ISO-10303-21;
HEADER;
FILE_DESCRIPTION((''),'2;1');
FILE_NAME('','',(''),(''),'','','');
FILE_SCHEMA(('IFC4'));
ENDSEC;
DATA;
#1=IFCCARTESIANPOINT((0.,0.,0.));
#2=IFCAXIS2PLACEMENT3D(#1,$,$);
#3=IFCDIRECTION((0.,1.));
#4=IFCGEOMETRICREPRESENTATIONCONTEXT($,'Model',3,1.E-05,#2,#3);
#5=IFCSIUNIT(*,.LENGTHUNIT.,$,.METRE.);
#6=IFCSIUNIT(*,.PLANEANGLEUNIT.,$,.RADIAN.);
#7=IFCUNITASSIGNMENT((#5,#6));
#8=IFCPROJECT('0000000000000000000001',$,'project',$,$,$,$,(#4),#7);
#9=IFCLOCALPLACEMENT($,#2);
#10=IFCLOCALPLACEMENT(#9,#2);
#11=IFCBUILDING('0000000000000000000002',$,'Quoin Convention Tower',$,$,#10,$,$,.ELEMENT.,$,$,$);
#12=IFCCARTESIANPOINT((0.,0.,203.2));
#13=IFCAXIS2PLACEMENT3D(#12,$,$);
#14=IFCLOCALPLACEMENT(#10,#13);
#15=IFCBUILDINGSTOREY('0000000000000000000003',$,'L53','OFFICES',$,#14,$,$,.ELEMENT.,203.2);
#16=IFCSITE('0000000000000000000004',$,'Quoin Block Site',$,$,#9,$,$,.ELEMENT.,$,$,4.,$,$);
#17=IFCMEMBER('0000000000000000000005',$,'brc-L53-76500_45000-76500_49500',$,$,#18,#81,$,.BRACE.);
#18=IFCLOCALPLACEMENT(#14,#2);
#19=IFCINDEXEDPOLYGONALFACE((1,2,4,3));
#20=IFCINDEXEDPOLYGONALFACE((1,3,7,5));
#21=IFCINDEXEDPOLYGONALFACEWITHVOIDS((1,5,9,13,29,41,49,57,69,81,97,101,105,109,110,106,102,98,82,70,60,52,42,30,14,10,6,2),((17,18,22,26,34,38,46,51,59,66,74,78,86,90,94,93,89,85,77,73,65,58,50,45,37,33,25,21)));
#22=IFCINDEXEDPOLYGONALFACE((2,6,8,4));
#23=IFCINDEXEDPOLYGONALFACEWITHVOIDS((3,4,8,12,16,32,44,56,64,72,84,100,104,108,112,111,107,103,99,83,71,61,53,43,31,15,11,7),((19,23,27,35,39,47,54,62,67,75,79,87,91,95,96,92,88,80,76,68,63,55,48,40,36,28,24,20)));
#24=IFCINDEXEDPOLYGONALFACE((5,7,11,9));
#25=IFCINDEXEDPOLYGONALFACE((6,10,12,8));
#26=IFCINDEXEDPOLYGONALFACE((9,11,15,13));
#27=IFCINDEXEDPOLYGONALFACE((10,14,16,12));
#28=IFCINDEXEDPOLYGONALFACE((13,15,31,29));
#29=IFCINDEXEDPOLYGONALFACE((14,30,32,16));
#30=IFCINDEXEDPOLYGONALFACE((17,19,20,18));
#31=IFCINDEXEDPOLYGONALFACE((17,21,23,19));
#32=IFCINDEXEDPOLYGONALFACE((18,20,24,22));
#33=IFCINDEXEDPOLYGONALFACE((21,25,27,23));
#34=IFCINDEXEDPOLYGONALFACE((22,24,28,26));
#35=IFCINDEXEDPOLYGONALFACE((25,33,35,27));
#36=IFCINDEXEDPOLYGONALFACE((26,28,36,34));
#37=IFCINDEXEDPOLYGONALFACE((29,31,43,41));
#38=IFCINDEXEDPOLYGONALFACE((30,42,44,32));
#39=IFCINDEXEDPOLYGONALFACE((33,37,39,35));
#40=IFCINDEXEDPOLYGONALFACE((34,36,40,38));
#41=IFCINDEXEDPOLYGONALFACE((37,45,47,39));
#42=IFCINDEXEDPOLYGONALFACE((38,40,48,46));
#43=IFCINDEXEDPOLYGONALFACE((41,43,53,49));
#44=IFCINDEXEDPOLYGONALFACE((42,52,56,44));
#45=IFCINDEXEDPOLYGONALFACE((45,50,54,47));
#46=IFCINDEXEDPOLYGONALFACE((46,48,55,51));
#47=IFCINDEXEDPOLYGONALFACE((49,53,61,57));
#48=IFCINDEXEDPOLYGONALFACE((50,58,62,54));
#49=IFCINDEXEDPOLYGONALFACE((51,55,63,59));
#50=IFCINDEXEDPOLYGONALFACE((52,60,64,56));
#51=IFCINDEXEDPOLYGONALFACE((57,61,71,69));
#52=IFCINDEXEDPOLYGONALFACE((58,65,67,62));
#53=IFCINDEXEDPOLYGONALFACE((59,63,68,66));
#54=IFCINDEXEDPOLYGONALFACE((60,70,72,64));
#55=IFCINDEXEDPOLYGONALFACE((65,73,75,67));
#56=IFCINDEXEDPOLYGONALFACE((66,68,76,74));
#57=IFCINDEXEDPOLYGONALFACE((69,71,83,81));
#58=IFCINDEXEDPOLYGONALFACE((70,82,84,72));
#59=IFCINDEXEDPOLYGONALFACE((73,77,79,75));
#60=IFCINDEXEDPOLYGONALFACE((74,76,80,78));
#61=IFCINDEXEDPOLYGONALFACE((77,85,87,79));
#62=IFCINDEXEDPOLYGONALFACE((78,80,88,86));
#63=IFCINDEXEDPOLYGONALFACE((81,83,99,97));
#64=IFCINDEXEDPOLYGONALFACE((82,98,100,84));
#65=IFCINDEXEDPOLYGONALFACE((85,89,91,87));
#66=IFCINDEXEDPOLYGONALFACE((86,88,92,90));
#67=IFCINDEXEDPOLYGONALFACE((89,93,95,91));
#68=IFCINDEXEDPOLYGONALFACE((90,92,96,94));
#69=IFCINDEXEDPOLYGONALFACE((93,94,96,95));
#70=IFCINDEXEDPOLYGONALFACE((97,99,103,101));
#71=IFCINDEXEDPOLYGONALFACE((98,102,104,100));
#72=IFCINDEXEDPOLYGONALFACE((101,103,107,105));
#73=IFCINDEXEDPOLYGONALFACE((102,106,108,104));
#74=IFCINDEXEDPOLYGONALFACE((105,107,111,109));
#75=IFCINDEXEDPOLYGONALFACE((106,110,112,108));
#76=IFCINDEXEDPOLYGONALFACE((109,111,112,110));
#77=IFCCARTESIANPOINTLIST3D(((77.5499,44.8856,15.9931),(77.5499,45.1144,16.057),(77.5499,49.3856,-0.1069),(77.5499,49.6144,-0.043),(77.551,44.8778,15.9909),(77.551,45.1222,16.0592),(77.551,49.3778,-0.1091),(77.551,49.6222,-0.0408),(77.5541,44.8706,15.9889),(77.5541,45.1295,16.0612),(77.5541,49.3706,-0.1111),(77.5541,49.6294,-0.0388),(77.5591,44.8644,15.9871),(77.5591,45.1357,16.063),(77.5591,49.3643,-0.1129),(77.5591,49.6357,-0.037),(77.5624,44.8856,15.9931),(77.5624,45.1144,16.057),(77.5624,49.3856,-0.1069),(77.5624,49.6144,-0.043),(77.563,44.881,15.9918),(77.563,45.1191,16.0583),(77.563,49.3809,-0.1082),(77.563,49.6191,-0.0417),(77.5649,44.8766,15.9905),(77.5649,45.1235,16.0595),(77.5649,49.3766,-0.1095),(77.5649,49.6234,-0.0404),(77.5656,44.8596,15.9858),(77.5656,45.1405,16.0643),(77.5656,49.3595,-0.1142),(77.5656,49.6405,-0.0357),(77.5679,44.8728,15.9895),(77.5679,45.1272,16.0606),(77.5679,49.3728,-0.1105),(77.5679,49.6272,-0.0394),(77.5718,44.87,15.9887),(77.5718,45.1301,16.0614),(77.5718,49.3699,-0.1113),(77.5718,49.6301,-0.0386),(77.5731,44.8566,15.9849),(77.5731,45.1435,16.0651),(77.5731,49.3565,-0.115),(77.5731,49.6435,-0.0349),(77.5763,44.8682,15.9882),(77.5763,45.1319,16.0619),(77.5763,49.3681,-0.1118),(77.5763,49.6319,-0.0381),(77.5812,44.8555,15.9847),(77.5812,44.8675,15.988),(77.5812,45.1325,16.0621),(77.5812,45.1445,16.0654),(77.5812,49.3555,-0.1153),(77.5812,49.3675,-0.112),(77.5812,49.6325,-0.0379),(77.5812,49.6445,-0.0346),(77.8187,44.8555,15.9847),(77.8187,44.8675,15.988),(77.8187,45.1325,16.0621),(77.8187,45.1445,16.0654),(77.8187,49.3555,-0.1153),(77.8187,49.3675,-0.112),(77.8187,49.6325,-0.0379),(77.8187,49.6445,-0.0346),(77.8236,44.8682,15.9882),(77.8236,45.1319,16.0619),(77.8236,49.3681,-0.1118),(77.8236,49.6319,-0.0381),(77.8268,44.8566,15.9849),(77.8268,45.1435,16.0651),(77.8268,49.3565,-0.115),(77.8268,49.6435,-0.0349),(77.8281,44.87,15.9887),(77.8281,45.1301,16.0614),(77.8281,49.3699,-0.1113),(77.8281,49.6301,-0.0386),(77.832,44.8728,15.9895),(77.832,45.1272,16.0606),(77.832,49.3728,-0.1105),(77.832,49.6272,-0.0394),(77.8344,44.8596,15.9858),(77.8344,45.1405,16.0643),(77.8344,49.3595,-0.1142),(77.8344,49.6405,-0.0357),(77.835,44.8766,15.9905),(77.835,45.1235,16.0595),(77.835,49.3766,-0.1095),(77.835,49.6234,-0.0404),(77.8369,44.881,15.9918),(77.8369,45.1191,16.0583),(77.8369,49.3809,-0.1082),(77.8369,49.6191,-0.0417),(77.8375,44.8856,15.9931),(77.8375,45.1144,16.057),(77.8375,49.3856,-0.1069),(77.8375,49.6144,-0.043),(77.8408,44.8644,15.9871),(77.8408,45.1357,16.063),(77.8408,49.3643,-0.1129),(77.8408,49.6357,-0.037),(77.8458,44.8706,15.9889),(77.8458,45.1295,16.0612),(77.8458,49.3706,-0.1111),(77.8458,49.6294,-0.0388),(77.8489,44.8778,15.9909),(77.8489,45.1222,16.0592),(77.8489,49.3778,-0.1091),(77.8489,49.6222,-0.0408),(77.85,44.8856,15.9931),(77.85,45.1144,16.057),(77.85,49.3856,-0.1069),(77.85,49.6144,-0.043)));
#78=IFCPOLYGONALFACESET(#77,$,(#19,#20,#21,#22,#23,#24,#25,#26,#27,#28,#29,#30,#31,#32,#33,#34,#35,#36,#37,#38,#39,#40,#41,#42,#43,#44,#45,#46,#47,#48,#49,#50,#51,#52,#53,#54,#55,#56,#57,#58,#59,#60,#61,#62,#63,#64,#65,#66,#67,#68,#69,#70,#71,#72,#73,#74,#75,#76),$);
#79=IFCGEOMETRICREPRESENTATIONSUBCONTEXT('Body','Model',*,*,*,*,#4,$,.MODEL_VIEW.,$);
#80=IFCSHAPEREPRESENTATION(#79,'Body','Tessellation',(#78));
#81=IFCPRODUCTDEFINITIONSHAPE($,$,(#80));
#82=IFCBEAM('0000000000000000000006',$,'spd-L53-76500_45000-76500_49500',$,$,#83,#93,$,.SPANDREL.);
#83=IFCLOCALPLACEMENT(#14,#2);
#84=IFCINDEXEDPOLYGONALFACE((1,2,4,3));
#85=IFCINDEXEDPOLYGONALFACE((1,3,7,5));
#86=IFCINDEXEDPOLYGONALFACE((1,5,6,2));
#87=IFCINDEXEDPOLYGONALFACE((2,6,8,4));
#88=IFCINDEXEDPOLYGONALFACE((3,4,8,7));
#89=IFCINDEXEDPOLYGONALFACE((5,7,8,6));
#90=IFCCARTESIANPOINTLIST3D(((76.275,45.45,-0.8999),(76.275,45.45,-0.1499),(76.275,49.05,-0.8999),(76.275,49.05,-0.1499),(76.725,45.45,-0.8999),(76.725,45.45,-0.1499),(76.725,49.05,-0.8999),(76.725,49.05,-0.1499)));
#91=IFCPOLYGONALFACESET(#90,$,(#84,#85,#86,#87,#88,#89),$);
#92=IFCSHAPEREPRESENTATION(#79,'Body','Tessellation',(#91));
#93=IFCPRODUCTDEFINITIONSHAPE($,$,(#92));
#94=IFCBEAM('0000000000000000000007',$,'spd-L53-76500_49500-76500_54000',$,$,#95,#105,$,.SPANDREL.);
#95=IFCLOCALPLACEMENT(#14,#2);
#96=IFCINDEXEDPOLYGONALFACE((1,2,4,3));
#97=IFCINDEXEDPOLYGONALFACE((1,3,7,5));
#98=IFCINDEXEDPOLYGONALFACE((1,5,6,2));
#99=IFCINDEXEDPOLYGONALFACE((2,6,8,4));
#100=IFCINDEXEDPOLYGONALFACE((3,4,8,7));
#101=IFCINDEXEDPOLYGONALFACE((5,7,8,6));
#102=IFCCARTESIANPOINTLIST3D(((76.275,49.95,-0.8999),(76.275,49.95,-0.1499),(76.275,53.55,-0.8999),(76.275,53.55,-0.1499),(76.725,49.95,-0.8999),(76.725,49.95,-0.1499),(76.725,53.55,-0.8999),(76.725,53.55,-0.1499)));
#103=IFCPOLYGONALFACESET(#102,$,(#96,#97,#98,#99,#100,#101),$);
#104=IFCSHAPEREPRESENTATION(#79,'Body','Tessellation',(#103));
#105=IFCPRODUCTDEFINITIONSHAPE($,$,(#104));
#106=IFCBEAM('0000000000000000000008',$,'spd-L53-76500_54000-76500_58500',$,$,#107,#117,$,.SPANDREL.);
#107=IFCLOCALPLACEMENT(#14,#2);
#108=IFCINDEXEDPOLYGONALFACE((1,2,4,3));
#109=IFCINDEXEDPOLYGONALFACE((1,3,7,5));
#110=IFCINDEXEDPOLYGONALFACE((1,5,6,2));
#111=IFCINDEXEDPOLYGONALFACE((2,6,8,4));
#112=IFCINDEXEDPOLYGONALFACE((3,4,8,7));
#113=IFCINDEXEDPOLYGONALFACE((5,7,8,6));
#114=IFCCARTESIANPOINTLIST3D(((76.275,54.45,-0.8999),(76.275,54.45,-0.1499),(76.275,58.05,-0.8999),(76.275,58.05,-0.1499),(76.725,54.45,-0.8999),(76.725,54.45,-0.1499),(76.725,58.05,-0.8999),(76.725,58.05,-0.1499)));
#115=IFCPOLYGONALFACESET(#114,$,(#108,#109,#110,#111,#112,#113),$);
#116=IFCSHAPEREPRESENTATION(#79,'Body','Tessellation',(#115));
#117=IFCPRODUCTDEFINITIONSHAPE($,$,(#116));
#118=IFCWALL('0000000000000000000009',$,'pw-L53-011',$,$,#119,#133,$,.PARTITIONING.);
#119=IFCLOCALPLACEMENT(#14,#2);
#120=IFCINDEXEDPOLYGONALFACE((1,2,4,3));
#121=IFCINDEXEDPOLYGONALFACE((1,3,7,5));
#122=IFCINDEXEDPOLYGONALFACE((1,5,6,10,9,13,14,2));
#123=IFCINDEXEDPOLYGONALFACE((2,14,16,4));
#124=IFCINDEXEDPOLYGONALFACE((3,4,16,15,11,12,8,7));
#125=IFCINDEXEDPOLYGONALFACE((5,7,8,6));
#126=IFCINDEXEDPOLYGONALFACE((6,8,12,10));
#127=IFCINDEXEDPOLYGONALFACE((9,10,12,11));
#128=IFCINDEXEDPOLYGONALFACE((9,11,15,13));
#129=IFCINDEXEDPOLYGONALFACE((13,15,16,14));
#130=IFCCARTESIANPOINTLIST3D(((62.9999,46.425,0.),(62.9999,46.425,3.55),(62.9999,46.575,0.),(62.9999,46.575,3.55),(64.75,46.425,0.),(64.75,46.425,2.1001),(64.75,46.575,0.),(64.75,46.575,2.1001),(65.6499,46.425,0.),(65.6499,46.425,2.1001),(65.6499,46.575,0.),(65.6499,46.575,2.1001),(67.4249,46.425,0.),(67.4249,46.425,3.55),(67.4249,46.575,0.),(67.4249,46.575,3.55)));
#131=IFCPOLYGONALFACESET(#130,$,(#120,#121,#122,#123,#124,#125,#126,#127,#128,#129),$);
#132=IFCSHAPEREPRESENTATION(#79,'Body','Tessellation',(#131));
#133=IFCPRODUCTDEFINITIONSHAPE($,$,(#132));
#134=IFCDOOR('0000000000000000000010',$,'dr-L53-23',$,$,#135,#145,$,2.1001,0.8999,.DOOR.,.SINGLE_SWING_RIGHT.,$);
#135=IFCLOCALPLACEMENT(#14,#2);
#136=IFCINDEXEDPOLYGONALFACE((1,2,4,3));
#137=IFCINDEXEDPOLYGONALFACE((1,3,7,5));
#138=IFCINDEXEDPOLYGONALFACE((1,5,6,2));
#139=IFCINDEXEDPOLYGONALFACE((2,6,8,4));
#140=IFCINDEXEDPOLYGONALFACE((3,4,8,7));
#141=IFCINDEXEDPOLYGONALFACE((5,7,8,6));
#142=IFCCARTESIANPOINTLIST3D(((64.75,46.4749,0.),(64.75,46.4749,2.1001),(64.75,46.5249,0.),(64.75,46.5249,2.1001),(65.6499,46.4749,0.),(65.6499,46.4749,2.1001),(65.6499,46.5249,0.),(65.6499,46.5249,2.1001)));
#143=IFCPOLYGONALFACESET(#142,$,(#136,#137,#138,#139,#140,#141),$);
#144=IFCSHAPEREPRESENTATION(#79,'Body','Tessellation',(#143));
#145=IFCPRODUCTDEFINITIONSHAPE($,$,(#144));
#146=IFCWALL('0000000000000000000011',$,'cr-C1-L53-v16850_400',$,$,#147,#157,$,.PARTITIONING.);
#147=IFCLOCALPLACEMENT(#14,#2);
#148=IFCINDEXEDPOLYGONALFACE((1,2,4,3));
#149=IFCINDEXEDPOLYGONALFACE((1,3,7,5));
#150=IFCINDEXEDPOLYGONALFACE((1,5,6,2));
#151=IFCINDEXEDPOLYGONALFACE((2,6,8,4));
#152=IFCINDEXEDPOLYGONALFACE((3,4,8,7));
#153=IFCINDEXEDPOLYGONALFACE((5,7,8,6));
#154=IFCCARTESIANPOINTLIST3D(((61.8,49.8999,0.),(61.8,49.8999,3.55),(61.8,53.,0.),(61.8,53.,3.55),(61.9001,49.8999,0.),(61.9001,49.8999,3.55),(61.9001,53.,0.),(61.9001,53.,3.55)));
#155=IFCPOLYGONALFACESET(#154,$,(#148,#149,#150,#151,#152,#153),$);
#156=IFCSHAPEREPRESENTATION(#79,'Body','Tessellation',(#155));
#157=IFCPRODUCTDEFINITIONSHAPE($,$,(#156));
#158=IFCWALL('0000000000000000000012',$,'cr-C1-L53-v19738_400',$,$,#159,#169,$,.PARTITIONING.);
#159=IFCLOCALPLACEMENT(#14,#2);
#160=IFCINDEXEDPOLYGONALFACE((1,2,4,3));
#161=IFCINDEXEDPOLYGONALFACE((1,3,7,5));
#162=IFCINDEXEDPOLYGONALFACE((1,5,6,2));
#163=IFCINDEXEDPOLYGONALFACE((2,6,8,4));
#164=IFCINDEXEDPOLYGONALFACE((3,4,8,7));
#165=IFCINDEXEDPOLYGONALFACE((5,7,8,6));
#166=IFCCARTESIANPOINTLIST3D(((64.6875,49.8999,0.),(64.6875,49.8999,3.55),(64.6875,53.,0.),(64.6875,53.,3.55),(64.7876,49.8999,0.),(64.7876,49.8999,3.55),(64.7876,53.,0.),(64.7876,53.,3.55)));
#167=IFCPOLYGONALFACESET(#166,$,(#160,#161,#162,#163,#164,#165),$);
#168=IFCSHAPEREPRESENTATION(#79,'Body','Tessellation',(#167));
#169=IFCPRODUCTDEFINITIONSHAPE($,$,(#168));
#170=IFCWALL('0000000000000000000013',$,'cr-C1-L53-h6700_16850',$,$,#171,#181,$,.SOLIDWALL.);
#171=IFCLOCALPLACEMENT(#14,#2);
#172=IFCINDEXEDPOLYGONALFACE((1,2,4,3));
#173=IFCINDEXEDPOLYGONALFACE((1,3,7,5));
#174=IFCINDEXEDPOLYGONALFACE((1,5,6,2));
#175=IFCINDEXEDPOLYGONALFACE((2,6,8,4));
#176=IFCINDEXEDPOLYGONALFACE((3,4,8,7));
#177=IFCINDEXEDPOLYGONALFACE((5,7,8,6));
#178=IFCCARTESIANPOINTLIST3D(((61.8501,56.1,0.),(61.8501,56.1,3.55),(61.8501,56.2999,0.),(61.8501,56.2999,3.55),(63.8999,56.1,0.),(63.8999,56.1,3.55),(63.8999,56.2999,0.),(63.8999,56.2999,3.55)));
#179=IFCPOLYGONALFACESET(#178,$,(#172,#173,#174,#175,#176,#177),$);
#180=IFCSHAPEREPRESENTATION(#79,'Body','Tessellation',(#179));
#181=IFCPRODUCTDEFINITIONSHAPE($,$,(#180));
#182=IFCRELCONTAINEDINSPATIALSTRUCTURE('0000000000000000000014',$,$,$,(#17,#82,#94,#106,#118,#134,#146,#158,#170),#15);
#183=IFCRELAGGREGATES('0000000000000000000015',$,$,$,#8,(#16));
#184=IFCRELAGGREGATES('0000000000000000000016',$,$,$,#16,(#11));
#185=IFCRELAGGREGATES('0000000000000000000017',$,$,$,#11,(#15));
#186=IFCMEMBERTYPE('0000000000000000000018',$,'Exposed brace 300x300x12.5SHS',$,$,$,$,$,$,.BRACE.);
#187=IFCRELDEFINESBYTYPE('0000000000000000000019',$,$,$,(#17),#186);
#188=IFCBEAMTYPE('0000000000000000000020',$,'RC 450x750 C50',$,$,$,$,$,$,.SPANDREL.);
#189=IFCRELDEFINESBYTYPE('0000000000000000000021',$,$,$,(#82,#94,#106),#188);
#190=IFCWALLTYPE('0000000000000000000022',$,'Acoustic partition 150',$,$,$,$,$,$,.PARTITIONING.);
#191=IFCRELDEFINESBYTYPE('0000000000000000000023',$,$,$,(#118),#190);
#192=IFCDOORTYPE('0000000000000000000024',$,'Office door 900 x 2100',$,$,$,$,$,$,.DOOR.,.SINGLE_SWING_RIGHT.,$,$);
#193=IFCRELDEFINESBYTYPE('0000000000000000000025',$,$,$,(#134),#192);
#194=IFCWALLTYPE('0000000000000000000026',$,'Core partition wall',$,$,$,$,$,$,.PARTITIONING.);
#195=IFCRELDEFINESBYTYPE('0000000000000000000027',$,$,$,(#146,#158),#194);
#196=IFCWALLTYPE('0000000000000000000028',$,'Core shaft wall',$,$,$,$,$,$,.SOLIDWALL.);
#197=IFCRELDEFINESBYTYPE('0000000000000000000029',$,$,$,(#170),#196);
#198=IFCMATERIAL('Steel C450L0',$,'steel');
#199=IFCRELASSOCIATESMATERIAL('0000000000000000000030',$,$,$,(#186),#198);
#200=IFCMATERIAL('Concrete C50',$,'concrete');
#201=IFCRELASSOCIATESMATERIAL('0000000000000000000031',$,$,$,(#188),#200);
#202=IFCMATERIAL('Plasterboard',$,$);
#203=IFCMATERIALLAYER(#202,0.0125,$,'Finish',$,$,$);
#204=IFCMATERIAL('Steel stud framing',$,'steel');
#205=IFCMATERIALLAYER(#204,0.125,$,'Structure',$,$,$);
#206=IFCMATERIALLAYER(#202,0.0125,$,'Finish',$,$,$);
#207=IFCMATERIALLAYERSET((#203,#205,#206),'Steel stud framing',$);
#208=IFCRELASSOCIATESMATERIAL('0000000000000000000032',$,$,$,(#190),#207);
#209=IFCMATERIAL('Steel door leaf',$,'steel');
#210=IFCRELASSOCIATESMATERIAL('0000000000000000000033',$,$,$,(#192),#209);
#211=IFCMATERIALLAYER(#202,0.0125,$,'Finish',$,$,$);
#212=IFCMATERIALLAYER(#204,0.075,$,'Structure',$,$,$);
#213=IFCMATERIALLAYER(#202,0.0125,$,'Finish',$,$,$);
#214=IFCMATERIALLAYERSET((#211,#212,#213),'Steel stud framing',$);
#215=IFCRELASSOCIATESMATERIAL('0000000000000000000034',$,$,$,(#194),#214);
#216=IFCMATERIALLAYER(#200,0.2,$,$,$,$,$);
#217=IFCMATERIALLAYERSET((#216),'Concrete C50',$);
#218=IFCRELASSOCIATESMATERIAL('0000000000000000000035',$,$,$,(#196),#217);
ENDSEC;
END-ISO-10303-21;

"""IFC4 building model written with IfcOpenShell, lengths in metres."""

from ifc_helpers import new_model, si_unit, direction, frame, frame_2d, origin, origin_2d, place, context, subcontext, project, spatial, rectangle, hollow_rectangle, extrude, material, layer, layer_set, material_profile, profile_set, type_object, element, fill, save


model = new_model("IFC4")

# Units and contexts
model_context = context("Model", 3, precision=1e-05, world=origin(), true_north=direction((0.0, 1.0)))
body_context = subcontext(model_context, "Body", "Model", "MODEL_VIEW")
ifc_project = project(units=[si_unit("LENGTHUNIT", "METRE"), si_unit("PLANEANGLEUNIT", "RADIAN")], contexts=[model_context])

# Site, building, storey
site_placement = place(None, origin())
site = spatial("IfcSite", under=ifc_project, at=site_placement, Name="Quoin Block Site", CompositionType="ELEMENT", RefElevation=4.0)
building_placement = place(site_placement, origin())
building = spatial("IfcBuilding", under=site, at=building_placement, Name="Quoin Convention Tower", CompositionType="ELEMENT")
storey_placement = place(building_placement, frame((0.0, 0.0, 203.2)))
storey = spatial("IfcBuildingStorey", under=building, at=storey_placement, Name="L53", Description="OFFICES", CompositionType="ELEMENT", Elevation=203.2)

# Shared definitions
ifc_material_1 = material(Name="Concrete C50", Category="concrete")

# Member
ifc_material_2 = material(Name="Steel C450L0", Category="steel")
ifc_material_profile_1 = material_profile(ifc_material_2, hollow_rectangle(XDim=0.3, YDim=0.3, WallThickness=0.0125, InnerFilletRadius=0.0188, OuterFilletRadius=0.0312, at=origin_2d()), Name="300x300x12.5SHS")
ifc_profile_set_1 = profile_set([ifc_material_profile_1], Name="Steel C450L0")
member_type = type_object("IfcMemberType", Name="Exposed brace 300x300x12.5SHS", PredefinedType="BRACE", material=ifc_profile_set_1)
member_placement = place(storey_placement, frame((77.7, 49.5, -0.075), z_axis=(0.0, -0.269185, 0.963089), x_axis=(1.0, 0.0, 0.0)))
element("IfcMember", 1, at=member_placement, inside=storey, type_object=member_type, Name="brc-L53-76500_45000-76500_49500", PredefinedType="BRACE", context=body_context, shape_type="SweptSolid", body=[
    extrude(hollow_rectangle(XDim=0.3, YDim=0.3, WallThickness=0.0125, InnerFilletRadius=0.0188, OuterFilletRadius=0.0312, at=origin_2d()), origin(), (0.0, 0.0, 1.0), 16.717),
])

# Beams
ifc_material_profile_2 = material_profile(ifc_material_1, rectangle(XDim=0.45, YDim=0.75, at=origin_2d()), Name="RC 450x750")
ifc_profile_set_2 = profile_set([ifc_material_profile_2], Name="Concrete C50")
beam_type_1 = type_object("IfcBeamType", Name="RC 450x750 C50", PredefinedType="SPANDREL", material=ifc_profile_set_2)
for number, where, z_axis, x_axis, name in (
    (2, (76.5, 45.45, -0.5249), (0.0, 1.0, 0.0), (-1.0, 0.0, 0.0), "spd-L53-76500_45000-76500_49500"),
    (3, (76.5, 49.95, -0.5249), (0.0, 1.0, 0.0), (-1.0, 0.0, 0.0), "spd-L53-76500_49500-76500_54000"),
    (4, (76.5, 54.45, -0.5249), (0.0, 1.0, 0.0), (-1.0, 0.0, 0.0), "spd-L53-76500_54000-76500_58500"),
):
    element("IfcBeam", number, at=place(storey_placement, frame(where, z_axis=z_axis, x_axis=x_axis)), inside=storey, type_object=beam_type_1, Name=name, PredefinedType="SPANDREL", context=body_context, shape_type="SweptSolid", body=[
        extrude(rectangle(XDim=0.45, YDim=0.75, at=origin_2d()), origin(), (0.0, 0.0, 1.0), 3.6001),
    ])

# Wall, opening, door
ifc_material_3 = material(Name="Plasterboard")
ifc_layer_1 = layer(ifc_material_3, 0.0125, Name="Finish")
ifc_material_4 = material(Name="Steel stud framing", Category="steel")
ifc_layer_2 = layer(ifc_material_4, 0.125, Name="Structure")
ifc_layer_3 = layer(ifc_material_3, 0.0125, Name="Finish")
ifc_layer_set_1 = layer_set([ifc_layer_1, ifc_layer_2, ifc_layer_3], Name="Steel stud framing")
wall_type_1 = type_object("IfcWallType", Name="Acoustic partition 150", PredefinedType="PARTITIONING", material=ifc_layer_set_1)
wall_1_placement = place(storey_placement, frame((63.0, 46.5, 0.0), z_axis=(0.0, 0.0, 1.0), x_axis=(1.0, 0.0, 0.0)))
wall_1 = element("IfcWall", 5, at=wall_1_placement, inside=storey, type_object=wall_type_1, Name="pw-L53-011", PredefinedType="PARTITIONING", context=body_context, shape_type="SweptSolid", body=[
    extrude(rectangle(XDim=4.425, YDim=0.1499, at=frame_2d((2.2124, 0.0))), origin(), (0.0, 0.0, 1.0), 3.55),
])
opening_1_placement = place(wall_1_placement, frame((1.75, 0.0, 0.0)))
opening_1 = element("IfcOpeningElement", 6, at=opening_1_placement, cuts=wall_1, PredefinedType="OPENING", context=body_context, shape_type="SweptSolid", body=[
    extrude(rectangle(XDim=0.8999, YDim=2.1001, at=frame_2d((0.45, 1.05))), frame((0.0, 0.085, 0.0), z_axis=(0.0, -1.0, 0.0), x_axis=(1.0, 0.0, 0.0)), (0.0, 0.0, 1.0), 0.1699),
])
ifc_material_5 = material(Name="Steel door leaf", Category="steel")
door_type_1 = type_object("IfcDoorType", Name="Office door 900 x 2100", OperationType="SINGLE_SWING_RIGHT", PredefinedType="DOOR", material=ifc_material_5)
door_1_placement = place(opening_1_placement, origin())
door_1 = element("IfcDoor", 7, at=door_1_placement, inside=storey, type_object=door_type_1, Name="dr-L53-23", OperationType="SINGLE_SWING_RIGHT", OverallHeight=2.1001, OverallWidth=0.8999, PredefinedType="DOOR", context=body_context, shape_type="SweptSolid", body=[
    extrude(rectangle(XDim=0.8999, YDim=2.1001, at=frame_2d((0.45, 1.05))), frame((0.0, 0.0249, 0.0), z_axis=(0.0, -1.0, 0.0), x_axis=(1.0, 0.0, 0.0)), (0.0, 0.0, 1.0), 0.05),
])
fill(opening_1, door_1)

# Walls
ifc_layer_4 = layer(ifc_material_3, 0.0125, Name="Finish")
ifc_layer_5 = layer(ifc_material_4, 0.075, Name="Structure")
ifc_layer_6 = layer(ifc_material_3, 0.0125, Name="Finish")
ifc_layer_set_2 = layer_set([ifc_layer_4, ifc_layer_5, ifc_layer_6], Name="Steel stud framing")
wall_type_2 = type_object("IfcWallType", Name="Core partition wall", PredefinedType="PARTITIONING", material=ifc_layer_set_2)
for number, where, z_axis, x_axis, name in (
    (8, (61.8501, 49.8999, 0.0), (0.0, 0.0, 1.0), (0.0, 1.0, 0.0), "cr-C1-L53-v16850_400"),
    (9, (64.7375, 49.8999, 0.0), (0.0, 0.0, 1.0), (0.0, 1.0, 0.0), "cr-C1-L53-v19738_400"),
):
    element("IfcWall", number, at=place(storey_placement, frame(where, z_axis=z_axis, x_axis=x_axis)), inside=storey, type_object=wall_type_2, Name=name, PredefinedType="PARTITIONING", context=body_context, shape_type="SweptSolid", body=[
        extrude(rectangle(XDim=3.1001, YDim=0.1001, at=frame_2d((1.55, 0.0))), origin(), (0.0, 0.0, 1.0), 3.55),
    ])
ifc_layer_7 = layer(ifc_material_1, 0.2)
ifc_layer_set_3 = layer_set([ifc_layer_7], Name="Concrete C50")
wall_type_3 = type_object("IfcWallType", Name="Core shaft wall", PredefinedType="SOLIDWALL", material=ifc_layer_set_3)
wall_2_placement = place(storey_placement, frame((61.8501, 56.2, 0.0), z_axis=(0.0, 0.0, 1.0), x_axis=(1.0, 0.0, 0.0)))
element("IfcWall", 10, at=wall_2_placement, inside=storey, type_object=wall_type_3, Name="cr-C1-L53-h6700_16850", PredefinedType="SOLIDWALL", context=body_context, shape_type="SweptSolid", body=[
    extrude(rectangle(XDim=2.0498, YDim=0.2, at=frame_2d((1.0249, 0.0))), origin(), (0.0, 0.0, 1.0), 3.55),
])

save(model, "model.ifc")
